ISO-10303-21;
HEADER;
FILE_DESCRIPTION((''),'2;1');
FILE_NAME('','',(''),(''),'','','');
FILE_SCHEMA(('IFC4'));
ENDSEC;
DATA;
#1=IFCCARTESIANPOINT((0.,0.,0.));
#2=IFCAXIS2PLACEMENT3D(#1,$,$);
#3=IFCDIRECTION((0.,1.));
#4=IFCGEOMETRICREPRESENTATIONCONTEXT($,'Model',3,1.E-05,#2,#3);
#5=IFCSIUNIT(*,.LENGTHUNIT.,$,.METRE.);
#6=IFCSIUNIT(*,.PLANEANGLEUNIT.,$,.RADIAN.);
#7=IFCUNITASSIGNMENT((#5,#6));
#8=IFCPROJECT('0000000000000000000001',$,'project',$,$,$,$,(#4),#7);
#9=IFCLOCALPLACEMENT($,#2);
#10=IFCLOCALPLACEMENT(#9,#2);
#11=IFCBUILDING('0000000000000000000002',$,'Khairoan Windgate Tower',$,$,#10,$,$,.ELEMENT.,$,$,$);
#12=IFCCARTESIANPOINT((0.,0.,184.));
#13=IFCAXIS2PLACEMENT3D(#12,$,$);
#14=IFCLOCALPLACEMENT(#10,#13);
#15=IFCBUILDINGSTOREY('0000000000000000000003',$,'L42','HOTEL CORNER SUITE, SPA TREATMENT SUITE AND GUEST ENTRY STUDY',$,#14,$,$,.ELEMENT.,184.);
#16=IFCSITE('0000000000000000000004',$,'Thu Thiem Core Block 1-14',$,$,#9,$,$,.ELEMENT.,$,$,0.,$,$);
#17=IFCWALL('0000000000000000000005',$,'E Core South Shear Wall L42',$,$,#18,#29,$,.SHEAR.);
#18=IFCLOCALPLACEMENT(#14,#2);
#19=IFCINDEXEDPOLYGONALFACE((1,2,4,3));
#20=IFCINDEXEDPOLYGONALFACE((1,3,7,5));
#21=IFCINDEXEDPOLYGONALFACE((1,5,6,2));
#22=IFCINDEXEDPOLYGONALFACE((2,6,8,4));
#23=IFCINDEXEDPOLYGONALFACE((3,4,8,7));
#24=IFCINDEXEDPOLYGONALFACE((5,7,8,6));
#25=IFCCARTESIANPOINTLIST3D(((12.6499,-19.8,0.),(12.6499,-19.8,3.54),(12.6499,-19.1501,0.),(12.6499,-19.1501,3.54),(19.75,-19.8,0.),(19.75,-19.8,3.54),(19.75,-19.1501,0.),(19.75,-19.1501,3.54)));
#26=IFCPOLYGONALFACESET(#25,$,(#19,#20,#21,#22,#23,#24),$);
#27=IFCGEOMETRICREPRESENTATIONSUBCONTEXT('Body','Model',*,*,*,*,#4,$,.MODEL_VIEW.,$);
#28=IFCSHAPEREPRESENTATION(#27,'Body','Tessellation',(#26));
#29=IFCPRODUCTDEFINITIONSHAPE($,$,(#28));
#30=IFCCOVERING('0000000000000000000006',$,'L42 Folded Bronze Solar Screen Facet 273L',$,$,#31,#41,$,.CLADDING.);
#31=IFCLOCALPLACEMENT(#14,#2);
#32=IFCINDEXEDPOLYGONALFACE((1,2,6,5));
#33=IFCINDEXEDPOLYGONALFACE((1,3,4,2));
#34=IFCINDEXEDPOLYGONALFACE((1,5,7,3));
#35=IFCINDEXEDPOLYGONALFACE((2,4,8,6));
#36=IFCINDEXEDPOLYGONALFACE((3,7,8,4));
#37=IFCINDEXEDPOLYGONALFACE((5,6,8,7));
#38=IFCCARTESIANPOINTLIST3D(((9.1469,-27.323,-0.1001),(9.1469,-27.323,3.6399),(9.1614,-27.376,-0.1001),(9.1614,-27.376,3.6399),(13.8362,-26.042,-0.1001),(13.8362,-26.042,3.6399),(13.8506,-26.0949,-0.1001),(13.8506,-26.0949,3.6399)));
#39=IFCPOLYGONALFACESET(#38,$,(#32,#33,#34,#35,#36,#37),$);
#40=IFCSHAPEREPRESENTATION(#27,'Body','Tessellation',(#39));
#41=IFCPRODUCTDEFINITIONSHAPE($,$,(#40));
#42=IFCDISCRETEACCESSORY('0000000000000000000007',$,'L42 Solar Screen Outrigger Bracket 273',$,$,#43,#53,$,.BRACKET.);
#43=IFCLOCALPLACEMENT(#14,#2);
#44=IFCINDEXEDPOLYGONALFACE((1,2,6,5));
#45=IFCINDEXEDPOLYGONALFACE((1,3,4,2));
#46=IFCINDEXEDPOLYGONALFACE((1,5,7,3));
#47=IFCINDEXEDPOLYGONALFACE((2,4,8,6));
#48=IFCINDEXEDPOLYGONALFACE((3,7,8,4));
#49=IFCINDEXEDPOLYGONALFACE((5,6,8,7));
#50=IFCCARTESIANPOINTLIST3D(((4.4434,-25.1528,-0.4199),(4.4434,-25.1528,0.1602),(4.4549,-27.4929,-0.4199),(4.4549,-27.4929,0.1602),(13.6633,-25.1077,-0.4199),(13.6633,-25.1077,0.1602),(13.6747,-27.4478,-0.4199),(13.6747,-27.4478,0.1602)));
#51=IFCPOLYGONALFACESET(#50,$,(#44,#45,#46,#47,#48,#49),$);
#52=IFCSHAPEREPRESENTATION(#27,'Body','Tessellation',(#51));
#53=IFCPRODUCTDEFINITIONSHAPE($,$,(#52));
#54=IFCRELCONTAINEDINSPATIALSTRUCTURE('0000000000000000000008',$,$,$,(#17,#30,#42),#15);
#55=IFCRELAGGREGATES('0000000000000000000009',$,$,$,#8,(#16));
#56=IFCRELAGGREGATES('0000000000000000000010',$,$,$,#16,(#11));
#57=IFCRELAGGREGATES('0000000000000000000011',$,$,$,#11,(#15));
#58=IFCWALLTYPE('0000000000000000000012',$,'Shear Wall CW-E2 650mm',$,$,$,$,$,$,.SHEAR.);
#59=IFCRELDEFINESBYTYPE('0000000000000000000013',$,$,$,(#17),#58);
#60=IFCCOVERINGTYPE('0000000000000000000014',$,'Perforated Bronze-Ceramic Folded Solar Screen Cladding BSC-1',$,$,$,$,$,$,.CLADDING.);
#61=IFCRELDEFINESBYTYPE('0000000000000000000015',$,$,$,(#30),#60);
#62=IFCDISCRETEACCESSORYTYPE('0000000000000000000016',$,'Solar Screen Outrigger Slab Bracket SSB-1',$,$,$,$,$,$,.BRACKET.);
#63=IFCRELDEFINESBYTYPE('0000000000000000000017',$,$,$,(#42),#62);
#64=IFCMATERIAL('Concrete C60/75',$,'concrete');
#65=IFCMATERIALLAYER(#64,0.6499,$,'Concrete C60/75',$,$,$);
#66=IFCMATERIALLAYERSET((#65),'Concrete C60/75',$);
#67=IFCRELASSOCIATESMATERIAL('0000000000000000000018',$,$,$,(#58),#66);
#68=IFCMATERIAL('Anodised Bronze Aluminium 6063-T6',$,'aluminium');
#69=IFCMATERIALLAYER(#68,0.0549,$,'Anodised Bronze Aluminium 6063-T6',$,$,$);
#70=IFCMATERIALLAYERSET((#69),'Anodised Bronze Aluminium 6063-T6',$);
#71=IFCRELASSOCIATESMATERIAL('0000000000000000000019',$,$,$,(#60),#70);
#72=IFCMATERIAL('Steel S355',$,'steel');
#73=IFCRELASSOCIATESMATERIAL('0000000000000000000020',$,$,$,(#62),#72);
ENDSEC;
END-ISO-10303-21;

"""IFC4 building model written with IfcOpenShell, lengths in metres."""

from ifc_helpers import new_model, si_unit, direction, frame, frame_2d, origin, origin_2d, place, context, subcontext, project, spatial, rectangle, extrude, material, layer, layer_set, type_object, element, save


model = new_model("IFC4")

# Units and contexts
model_context = context("Model", 3, precision=1e-05, world=origin(), true_north=direction((0.0, 1.0)))
body_context = subcontext(model_context, "Body", "Model", "MODEL_VIEW")
ifc_project = project(units=[si_unit("LENGTHUNIT", "METRE"), si_unit("PLANEANGLEUNIT", "RADIAN")], contexts=[model_context])

# Site, building, storey
site_placement = place(None, origin())
site = spatial("IfcSite", under=ifc_project, at=site_placement, Name="Thu Thiem Core Block 1-14", CompositionType="ELEMENT", RefElevation=0.0)
building_placement = place(site_placement, origin())
building = spatial("IfcBuilding", under=site, at=building_placement, Name="Khairoan Windgate Tower", CompositionType="ELEMENT")
storey_placement = place(building_placement, frame((0.0, 0.0, 184.0)))
storey = spatial("IfcBuildingStorey", under=building, at=storey_placement, Name="L42", Description="HOTEL CORNER SUITE, SPA TREATMENT SUITE AND GUEST ENTRY STUDY", CompositionType="ELEMENT", Elevation=184.0)

# Shared definitions
ifc_material_1 = material(Name="Concrete C60/75", Category="concrete")
ifc_layer_1 = layer(ifc_material_1, 0.6499, Name="Concrete C60/75")
ifc_layer_set_1 = layer_set([ifc_layer_1], Name="Concrete C60/75")
wall_type_1 = type_object("IfcWallType", Name="Shear Wall CW-E2 650mm", PredefinedType="SHEAR", material=ifc_layer_set_1)

# Wall
wall_1_placement = place(storey_placement, frame((12.6499, -19.4751, 0.0), z_axis=(0.0, 0.0, 1.0), x_axis=(1.0, 0.0, 0.0)))
element("IfcWall", 1, at=wall_1_placement, inside=storey, type_object=wall_type_1, Name="E Core South Shear Wall L42", PredefinedType="SHEAR", context=body_context, shape_type="SweptSolid", body=[
    extrude(rectangle(XDim=7.1001, YDim=0.6499, at=frame_2d((3.55, 0.0))), origin(), (0.0, 0.0, 1.0), 3.54),
])

# Covering
ifc_material_2 = material(Name="Anodised Bronze Aluminium 6063-T6", Category="aluminium")
ifc_layer_2 = layer(ifc_material_2, 0.0549, Name="Anodised Bronze Aluminium 6063-T6")
ifc_layer_set_2 = layer_set([ifc_layer_2], Name="Anodised Bronze Aluminium 6063-T6")
covering_type = type_object("IfcCoveringType", Name="Perforated Bronze-Ceramic Folded Solar Screen Cladding BSC-1", PredefinedType="CLADDING", material=ifc_layer_set_2)
covering_placement = place(storey_placement, frame((11.4988, -26.709, -0.1001), z_axis=(0.0, 0.0, 1.0), x_axis=(-0.964649, -0.263536, 0.0)))
element("IfcCovering", 2, at=covering_placement, inside=storey, type_object=covering_type, Name="L42 Folded Bronze Solar Screen Facet 273L", PredefinedType="CLADDING", context=body_context, shape_type="SweptSolid", body=[
    extrude(rectangle(XDim=4.8611, YDim=0.0549, at=origin_2d()), origin(), (0.0, 0.0, 1.0), 3.74),
])

# Discrete accessory
ifc_material_3 = material(Name="Steel S355", Category="steel")
discrete_accessory_type = type_object("IfcDiscreteAccessoryType", Name="Solar Screen Outrigger Slab Bracket SSB-1", PredefinedType="BRACKET", material=ifc_material_3)
discrete_accessory_placement = place(storey_placement, frame((9.0591, -26.3003, -0.4199), z_axis=(0.0, 0.0, 1.0), x_axis=(-0.999988, -0.004887, 0.0)))
element("IfcDiscreteAccessory", 3, at=discrete_accessory_placement, inside=storey, type_object=discrete_accessory_type, Name="L42 Solar Screen Outrigger Bracket 273", PredefinedType="BRACKET", context=body_context, shape_type="SweptSolid", body=[
    extrude(rectangle(XDim=9.22, YDim=2.3401, at=origin_2d()), origin(), (0.0, 0.0, 1.0), 0.5801),
])

save(model, "model.ifc")
